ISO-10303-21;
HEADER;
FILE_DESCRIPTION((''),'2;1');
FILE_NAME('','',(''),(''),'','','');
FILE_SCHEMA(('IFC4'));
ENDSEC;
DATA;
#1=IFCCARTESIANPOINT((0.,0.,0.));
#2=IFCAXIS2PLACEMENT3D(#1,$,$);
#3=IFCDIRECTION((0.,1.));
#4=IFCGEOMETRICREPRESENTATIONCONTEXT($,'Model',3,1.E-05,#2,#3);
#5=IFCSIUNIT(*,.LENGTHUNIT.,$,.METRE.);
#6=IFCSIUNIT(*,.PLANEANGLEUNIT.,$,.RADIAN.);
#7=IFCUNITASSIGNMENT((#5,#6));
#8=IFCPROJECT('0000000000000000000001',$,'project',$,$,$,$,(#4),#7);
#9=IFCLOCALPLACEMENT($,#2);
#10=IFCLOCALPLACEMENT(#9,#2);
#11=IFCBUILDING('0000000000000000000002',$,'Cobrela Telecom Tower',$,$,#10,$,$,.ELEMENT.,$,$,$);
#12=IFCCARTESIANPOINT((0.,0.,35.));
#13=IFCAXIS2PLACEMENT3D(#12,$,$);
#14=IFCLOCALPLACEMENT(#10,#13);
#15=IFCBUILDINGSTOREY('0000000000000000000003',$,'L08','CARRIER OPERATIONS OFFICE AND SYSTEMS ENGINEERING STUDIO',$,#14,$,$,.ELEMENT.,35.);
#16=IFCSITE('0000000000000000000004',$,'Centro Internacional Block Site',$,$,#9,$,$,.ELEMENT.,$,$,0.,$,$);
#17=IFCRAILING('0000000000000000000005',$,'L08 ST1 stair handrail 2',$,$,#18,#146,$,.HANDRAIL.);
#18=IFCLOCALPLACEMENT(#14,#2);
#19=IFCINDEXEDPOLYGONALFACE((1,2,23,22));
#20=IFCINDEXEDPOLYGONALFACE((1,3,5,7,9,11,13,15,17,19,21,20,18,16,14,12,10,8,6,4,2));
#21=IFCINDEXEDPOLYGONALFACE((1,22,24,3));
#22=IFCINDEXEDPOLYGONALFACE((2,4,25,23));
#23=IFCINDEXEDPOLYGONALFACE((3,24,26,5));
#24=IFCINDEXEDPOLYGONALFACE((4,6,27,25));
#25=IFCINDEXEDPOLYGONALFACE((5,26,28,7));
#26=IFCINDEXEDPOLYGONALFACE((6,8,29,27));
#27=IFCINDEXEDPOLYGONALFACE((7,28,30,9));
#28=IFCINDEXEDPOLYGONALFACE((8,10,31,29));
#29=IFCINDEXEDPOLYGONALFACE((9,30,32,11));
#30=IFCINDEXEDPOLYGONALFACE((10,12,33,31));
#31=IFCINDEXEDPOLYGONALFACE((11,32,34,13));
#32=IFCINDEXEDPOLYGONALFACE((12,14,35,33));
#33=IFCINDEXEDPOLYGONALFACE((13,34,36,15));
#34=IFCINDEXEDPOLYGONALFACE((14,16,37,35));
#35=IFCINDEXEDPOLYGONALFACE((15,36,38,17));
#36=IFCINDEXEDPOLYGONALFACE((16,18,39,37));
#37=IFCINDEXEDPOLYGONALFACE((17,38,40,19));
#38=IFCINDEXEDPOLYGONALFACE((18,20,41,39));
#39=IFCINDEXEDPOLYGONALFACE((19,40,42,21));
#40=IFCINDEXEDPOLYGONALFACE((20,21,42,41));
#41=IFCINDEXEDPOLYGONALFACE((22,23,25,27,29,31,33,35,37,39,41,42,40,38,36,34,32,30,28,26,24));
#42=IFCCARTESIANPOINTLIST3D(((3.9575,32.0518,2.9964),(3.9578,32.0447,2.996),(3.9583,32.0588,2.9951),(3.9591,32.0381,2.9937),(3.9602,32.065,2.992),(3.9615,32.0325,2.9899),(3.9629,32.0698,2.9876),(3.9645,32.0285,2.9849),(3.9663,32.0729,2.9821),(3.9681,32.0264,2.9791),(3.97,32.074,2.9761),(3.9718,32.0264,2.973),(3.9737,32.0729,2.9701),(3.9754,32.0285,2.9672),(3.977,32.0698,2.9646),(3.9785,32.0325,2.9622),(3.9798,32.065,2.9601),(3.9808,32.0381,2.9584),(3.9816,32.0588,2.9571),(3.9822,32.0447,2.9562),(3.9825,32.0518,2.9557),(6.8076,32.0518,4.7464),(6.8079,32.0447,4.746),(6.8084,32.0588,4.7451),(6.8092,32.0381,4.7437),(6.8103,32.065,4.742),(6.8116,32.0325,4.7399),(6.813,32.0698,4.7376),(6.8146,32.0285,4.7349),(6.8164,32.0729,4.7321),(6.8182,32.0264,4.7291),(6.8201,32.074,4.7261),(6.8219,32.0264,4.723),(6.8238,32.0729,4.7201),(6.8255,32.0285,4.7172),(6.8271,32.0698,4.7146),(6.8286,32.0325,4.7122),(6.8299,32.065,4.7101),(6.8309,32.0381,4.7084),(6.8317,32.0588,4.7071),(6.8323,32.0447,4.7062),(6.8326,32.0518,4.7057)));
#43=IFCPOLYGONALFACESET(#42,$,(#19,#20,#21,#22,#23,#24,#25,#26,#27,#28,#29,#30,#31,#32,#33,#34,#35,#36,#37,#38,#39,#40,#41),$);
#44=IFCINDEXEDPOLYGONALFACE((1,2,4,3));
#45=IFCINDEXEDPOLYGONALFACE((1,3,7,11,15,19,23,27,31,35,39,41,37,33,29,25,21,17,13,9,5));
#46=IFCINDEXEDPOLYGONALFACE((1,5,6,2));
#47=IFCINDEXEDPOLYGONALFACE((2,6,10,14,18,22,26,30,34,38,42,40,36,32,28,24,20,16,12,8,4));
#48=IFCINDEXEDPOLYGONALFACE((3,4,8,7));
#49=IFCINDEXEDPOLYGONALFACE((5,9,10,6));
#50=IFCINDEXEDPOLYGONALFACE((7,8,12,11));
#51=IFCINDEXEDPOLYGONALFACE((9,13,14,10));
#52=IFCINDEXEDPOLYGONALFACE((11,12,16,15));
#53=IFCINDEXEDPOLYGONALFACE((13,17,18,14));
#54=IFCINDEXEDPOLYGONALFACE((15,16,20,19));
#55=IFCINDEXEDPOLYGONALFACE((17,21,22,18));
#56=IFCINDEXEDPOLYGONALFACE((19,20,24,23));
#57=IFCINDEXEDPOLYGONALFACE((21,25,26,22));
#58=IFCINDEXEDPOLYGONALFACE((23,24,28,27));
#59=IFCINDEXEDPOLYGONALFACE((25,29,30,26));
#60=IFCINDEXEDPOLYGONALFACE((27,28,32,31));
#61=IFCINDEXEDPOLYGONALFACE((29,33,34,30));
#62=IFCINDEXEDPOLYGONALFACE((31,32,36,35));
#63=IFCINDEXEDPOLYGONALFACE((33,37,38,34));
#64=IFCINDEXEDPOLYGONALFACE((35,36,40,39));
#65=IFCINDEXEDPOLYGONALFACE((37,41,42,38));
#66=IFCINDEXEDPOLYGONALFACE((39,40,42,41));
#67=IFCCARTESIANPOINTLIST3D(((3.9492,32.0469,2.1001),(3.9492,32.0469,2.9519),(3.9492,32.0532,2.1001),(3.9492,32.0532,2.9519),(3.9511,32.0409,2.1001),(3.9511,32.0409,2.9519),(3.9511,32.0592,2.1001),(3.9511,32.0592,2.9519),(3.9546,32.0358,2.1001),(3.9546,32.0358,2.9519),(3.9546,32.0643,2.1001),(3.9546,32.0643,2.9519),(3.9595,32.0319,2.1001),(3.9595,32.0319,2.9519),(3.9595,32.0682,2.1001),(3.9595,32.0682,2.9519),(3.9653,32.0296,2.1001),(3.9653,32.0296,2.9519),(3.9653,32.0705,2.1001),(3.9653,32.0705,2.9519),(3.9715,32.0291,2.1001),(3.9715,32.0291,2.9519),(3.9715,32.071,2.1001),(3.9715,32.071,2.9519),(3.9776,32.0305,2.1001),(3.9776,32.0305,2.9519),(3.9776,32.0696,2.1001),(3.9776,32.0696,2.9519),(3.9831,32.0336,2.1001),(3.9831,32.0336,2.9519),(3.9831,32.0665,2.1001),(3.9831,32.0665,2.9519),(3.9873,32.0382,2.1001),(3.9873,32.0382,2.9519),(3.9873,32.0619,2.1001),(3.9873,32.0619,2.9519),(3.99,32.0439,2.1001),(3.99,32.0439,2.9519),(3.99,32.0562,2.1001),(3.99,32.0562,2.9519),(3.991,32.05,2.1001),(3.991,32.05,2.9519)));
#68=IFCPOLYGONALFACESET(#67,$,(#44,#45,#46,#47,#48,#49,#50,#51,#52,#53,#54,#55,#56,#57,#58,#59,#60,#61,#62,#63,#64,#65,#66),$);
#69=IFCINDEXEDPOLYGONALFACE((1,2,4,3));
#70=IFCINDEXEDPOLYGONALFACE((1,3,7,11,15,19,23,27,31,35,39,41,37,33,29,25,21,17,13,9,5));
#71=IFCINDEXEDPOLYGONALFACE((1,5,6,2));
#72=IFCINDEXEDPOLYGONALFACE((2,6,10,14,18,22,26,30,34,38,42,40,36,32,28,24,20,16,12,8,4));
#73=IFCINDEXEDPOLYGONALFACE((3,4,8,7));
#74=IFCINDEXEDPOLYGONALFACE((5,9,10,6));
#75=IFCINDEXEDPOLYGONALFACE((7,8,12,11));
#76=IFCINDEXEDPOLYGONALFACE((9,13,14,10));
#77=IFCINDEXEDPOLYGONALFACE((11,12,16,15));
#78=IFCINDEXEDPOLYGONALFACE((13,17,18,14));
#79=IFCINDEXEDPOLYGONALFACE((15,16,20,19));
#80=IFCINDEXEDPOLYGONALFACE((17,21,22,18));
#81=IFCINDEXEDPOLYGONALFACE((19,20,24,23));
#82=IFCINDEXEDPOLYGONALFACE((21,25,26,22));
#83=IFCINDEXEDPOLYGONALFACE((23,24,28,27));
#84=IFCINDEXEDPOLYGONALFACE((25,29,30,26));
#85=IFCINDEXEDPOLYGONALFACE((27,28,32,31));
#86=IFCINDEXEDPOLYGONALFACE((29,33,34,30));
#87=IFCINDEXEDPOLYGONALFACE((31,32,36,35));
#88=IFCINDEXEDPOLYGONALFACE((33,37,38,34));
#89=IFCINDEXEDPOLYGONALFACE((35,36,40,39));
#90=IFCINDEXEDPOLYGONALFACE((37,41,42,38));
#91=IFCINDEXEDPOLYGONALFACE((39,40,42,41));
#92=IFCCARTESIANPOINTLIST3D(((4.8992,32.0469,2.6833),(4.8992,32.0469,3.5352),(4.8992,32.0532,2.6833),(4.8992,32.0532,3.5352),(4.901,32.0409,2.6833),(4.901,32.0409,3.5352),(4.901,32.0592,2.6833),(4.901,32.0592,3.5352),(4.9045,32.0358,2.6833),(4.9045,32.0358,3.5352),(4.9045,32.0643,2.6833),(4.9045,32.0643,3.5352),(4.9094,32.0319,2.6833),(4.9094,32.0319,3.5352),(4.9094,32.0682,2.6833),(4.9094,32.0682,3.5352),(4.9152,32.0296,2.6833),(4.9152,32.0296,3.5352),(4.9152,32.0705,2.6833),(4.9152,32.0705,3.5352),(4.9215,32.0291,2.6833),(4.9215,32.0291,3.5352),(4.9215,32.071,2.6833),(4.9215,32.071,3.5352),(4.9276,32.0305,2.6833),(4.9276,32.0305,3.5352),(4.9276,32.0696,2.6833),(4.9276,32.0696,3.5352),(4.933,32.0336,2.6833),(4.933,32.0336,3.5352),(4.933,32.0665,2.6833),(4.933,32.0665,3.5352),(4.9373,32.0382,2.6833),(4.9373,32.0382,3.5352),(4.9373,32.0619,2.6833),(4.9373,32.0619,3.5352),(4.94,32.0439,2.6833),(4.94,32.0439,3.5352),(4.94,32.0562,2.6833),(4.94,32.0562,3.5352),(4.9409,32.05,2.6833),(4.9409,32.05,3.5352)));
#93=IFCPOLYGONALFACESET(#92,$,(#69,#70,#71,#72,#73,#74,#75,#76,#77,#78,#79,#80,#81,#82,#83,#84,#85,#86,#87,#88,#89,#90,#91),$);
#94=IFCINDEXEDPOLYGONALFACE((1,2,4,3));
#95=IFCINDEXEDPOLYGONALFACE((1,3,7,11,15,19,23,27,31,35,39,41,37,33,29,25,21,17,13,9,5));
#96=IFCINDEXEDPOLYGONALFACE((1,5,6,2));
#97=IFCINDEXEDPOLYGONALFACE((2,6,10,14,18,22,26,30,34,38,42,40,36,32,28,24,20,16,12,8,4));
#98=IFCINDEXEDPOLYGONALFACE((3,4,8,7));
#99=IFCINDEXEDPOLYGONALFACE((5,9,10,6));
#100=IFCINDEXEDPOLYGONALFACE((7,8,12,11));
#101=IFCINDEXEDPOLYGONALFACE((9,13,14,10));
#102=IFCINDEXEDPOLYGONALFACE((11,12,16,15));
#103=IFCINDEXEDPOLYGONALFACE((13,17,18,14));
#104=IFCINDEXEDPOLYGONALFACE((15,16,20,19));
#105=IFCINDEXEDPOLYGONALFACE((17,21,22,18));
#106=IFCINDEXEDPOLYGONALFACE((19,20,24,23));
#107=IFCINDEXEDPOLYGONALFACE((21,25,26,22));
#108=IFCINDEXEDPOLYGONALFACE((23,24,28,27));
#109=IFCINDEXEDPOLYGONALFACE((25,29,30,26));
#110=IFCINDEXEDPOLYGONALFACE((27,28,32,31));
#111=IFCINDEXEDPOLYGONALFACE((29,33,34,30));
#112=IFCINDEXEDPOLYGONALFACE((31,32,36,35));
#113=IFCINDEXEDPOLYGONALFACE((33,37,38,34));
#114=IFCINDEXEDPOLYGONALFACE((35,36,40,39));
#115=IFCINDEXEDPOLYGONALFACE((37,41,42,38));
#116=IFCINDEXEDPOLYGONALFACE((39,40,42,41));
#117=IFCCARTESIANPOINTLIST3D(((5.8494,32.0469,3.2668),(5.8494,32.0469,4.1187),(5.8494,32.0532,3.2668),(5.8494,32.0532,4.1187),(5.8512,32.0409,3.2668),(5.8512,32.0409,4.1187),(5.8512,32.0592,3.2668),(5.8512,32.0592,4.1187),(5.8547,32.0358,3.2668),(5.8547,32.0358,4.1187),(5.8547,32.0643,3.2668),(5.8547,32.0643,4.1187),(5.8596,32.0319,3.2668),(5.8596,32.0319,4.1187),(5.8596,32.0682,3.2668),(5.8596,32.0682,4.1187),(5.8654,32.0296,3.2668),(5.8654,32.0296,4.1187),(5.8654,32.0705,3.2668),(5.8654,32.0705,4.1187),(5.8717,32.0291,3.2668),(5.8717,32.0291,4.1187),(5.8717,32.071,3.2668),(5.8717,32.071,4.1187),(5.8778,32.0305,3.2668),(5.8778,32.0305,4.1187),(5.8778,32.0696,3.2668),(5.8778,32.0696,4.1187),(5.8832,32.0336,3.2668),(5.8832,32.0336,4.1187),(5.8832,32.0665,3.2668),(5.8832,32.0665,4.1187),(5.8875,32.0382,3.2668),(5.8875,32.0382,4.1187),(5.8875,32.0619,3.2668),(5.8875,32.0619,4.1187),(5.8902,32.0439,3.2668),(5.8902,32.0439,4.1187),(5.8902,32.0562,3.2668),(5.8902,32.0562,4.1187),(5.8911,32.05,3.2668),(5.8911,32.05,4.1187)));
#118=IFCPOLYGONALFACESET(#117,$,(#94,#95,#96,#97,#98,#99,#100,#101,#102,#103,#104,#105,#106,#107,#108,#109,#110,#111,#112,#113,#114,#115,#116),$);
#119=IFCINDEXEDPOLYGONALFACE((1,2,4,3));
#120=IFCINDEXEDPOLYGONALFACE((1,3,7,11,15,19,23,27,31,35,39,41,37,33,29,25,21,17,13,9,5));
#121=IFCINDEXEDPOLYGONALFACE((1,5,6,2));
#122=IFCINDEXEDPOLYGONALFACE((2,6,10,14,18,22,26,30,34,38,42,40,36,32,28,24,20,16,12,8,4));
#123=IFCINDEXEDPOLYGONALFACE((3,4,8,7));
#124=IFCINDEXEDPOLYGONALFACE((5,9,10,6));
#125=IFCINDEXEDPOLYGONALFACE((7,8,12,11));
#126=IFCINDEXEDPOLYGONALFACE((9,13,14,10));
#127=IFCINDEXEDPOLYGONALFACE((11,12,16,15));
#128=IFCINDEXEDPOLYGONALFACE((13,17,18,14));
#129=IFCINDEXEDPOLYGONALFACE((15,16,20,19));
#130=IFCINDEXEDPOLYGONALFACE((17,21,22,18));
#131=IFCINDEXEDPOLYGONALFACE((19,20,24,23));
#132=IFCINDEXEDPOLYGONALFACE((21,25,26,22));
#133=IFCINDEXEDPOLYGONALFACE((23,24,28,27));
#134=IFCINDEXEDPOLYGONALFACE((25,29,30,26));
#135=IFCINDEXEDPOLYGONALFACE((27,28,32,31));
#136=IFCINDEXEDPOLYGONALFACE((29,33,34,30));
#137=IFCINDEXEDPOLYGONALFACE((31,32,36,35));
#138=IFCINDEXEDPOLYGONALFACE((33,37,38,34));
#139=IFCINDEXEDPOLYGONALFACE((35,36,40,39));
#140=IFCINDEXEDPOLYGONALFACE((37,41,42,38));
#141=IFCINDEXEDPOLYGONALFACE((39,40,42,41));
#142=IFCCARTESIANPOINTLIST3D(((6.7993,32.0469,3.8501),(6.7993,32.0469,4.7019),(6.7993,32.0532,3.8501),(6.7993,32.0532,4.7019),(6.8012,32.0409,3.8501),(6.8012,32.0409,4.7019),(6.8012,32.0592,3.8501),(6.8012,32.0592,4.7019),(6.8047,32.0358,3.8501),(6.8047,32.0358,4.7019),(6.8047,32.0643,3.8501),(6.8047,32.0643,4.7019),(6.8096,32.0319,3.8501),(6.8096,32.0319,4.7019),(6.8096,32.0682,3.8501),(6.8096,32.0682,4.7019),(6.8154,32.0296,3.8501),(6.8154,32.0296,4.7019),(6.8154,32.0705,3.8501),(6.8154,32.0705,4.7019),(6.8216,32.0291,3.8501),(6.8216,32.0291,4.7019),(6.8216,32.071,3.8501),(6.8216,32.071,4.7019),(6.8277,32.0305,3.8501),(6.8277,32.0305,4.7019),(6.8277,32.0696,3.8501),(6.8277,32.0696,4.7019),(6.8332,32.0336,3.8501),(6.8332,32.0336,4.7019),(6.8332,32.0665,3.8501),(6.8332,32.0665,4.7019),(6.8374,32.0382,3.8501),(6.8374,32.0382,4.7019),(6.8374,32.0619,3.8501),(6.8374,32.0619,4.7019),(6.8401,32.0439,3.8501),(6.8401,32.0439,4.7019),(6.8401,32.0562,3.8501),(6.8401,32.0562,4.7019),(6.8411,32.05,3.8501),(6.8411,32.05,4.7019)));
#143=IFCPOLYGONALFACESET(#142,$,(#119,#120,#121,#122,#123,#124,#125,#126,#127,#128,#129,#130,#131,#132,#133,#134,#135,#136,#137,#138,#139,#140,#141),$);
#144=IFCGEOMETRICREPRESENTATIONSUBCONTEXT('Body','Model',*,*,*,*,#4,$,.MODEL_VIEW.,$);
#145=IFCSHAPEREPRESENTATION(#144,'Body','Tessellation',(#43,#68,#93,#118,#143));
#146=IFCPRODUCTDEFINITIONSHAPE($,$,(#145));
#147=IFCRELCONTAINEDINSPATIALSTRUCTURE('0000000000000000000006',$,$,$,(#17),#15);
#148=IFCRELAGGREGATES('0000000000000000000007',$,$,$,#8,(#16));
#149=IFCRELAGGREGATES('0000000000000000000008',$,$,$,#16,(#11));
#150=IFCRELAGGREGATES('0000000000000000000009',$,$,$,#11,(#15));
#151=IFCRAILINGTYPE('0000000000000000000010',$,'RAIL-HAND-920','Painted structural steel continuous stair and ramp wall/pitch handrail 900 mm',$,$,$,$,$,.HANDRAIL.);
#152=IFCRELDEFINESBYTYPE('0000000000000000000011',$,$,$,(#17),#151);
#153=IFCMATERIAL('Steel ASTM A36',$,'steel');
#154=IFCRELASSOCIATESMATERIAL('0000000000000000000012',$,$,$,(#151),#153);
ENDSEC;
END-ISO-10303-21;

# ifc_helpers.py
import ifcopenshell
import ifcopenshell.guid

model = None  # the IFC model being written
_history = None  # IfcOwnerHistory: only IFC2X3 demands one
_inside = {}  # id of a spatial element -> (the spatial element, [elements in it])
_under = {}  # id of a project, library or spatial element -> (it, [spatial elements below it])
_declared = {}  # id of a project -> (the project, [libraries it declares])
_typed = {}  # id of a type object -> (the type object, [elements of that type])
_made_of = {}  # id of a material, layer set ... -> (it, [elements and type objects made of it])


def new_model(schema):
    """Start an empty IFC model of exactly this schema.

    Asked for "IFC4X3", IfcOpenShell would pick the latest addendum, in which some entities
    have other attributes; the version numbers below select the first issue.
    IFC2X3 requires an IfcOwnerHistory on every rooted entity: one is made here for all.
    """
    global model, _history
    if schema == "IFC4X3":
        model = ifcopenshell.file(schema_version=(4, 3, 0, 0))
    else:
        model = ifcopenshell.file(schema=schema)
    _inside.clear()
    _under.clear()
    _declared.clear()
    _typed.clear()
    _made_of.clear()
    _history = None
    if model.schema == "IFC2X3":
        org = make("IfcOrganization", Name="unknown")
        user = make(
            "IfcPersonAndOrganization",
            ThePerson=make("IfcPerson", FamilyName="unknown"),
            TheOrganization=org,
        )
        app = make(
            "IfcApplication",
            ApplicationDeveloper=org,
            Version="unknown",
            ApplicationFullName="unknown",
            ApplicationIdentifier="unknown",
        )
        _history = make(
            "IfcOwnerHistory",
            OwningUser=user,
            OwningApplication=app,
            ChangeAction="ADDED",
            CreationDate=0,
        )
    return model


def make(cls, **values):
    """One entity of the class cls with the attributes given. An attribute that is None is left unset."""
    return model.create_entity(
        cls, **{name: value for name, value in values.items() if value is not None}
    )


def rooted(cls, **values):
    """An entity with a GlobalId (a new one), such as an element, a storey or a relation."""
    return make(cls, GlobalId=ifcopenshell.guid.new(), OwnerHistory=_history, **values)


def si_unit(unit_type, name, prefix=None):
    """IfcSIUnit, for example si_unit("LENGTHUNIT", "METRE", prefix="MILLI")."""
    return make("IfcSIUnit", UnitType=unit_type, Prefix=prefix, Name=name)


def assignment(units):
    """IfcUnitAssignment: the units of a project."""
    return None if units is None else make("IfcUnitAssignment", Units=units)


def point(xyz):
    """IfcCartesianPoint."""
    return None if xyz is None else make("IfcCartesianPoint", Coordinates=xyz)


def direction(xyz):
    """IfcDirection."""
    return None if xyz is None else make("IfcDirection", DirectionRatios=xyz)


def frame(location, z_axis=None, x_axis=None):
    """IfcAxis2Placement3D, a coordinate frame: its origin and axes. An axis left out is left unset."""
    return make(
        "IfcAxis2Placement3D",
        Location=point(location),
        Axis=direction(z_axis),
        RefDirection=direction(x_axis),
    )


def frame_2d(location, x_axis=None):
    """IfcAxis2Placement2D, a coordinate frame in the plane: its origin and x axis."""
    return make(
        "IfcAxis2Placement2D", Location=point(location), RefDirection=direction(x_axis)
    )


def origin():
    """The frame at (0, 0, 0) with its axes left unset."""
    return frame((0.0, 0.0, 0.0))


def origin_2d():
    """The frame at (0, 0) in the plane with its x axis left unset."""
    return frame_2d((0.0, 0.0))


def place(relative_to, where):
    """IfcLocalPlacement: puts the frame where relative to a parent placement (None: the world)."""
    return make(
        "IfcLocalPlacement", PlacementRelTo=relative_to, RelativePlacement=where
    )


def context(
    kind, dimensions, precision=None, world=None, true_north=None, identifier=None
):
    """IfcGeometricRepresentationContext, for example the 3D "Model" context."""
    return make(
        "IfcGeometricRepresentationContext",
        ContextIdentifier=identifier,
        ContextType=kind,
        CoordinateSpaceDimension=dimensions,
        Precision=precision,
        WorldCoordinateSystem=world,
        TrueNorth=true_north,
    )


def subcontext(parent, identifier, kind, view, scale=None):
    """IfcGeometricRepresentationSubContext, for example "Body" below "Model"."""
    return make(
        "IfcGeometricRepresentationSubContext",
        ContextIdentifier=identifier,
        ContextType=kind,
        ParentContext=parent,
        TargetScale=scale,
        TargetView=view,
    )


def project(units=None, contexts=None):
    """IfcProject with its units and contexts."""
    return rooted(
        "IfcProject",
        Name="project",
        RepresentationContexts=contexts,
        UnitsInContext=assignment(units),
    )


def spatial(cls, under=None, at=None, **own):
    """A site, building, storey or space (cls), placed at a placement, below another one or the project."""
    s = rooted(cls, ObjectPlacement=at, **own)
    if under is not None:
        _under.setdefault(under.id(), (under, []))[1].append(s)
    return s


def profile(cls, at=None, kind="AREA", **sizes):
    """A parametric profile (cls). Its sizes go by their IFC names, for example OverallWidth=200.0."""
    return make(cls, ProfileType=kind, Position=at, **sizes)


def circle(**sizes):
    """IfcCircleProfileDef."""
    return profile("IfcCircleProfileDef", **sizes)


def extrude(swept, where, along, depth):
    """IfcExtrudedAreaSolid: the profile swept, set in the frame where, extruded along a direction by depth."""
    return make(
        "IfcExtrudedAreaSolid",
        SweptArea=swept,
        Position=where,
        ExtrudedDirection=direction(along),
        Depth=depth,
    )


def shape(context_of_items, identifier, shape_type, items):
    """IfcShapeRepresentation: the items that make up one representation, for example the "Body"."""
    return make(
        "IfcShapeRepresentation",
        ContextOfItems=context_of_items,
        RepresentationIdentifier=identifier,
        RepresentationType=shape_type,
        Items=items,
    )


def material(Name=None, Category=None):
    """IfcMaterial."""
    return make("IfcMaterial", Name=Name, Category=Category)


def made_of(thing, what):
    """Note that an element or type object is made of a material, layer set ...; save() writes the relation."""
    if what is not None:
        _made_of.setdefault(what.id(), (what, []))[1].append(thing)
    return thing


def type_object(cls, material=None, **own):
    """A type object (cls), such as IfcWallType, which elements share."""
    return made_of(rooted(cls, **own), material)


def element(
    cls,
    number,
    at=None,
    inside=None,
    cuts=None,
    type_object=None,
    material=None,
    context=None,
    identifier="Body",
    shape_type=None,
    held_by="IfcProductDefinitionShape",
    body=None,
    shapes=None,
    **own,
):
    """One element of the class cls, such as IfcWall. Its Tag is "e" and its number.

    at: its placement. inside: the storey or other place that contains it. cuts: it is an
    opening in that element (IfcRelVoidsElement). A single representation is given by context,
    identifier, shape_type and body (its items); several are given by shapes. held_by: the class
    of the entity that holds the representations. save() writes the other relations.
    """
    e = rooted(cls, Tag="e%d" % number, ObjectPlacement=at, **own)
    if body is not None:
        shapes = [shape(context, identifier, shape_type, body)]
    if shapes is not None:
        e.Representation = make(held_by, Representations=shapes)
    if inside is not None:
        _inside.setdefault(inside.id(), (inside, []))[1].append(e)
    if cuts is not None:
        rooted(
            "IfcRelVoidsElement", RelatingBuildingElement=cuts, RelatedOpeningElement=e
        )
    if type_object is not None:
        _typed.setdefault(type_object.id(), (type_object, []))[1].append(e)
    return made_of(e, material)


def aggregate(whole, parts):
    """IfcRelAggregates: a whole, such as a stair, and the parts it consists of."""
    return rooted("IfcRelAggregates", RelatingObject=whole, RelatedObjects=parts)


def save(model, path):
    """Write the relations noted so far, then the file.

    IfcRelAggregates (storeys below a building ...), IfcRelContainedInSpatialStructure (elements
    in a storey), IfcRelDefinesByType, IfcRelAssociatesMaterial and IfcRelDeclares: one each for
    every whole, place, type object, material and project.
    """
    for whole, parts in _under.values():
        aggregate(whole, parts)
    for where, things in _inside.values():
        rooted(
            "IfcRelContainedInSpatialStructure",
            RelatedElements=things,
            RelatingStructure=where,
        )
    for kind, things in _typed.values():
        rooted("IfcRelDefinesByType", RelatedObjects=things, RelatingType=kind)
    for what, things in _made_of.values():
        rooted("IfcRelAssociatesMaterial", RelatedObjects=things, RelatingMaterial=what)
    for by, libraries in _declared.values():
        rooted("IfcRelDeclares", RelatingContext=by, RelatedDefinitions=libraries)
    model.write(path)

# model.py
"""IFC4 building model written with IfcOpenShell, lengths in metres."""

from ifc_helpers import new_model, si_unit, direction, frame, origin, origin_2d, place, context, subcontext, project, spatial, circle, extrude, material, type_object, element, save


model = new_model("IFC4")

# Units and contexts
model_context = context("Model", 3, precision=1e-05, world=origin(), true_north=direction((0.0, 1.0)))
body_context = subcontext(model_context, "Body", "Model", "MODEL_VIEW")
ifc_project = project(units=[si_unit("LENGTHUNIT", "METRE"), si_unit("PLANEANGLEUNIT", "RADIAN")], contexts=[model_context])

# Site, building, storey
site_placement = place(None, origin())
site = spatial("IfcSite", under=ifc_project, at=site_placement, Name="Centro Internacional Block Site", CompositionType="ELEMENT", RefElevation=0.0)
building_placement = place(site_placement, origin())
building = spatial("IfcBuilding", under=site, at=building_placement, Name="Cobrela Telecom Tower", CompositionType="ELEMENT")
storey_placement = place(building_placement, frame((0.0, 0.0, 35.0)))
storey = spatial("IfcBuildingStorey", under=building, at=storey_placement, Name="L08", Description="CARRIER OPERATIONS OFFICE AND SYSTEMS ENGINEERING STUDIO", CompositionType="ELEMENT", Elevation=35.0)

# Shared definitions
ifc_material_1 = material(Name="Steel ASTM A36", Category="steel")

# Railing
railing_type_1 = type_object("IfcRailingType", Name="RAIL-HAND-920", Description="Painted structural steel continuous stair and ramp wall/pitch handrail 900 mm", PredefinedType="HANDRAIL", material=ifc_material_1)
railing_1_placement = place(storey_placement, frame((3.97, 32.05, 2.1001)))
element("IfcRailing", 1, at=railing_1_placement, inside=storey, type_object=railing_type_1, Name="L08 ST1 stair handrail 2", PredefinedType="HANDRAIL", context=body_context, shape_type="SweptSolid", body=[
    extrude(circle(Radius=0.0239, at=origin_2d()), frame((0.0, 0.0, 0.876), z_axis=(0.852179, 0.0, 0.52325), x_axis=(0.0, 1.0, 0.0)), (0.0, 0.0, 1.0), 3.3445),
    extrude(circle(Radius=0.021, at=origin_2d()), origin(), (0.0, 0.0, 1.0), 0.8518),
    extrude(circle(Radius=0.021, at=origin_2d()), frame((0.95, 0.0, 0.5833)), (0.0, 0.0, 1.0), 0.8518),
    extrude(circle(Radius=0.021, at=origin_2d()), frame((1.9001, 0.0, 1.1667)), (0.0, 0.0, 1.0), 0.8518),
    extrude(circle(Radius=0.021, at=origin_2d()), frame((2.8501, 0.0, 1.75)), (0.0, 0.0, 1.0), 0.8518),
])

save(model, "model.ifc")
